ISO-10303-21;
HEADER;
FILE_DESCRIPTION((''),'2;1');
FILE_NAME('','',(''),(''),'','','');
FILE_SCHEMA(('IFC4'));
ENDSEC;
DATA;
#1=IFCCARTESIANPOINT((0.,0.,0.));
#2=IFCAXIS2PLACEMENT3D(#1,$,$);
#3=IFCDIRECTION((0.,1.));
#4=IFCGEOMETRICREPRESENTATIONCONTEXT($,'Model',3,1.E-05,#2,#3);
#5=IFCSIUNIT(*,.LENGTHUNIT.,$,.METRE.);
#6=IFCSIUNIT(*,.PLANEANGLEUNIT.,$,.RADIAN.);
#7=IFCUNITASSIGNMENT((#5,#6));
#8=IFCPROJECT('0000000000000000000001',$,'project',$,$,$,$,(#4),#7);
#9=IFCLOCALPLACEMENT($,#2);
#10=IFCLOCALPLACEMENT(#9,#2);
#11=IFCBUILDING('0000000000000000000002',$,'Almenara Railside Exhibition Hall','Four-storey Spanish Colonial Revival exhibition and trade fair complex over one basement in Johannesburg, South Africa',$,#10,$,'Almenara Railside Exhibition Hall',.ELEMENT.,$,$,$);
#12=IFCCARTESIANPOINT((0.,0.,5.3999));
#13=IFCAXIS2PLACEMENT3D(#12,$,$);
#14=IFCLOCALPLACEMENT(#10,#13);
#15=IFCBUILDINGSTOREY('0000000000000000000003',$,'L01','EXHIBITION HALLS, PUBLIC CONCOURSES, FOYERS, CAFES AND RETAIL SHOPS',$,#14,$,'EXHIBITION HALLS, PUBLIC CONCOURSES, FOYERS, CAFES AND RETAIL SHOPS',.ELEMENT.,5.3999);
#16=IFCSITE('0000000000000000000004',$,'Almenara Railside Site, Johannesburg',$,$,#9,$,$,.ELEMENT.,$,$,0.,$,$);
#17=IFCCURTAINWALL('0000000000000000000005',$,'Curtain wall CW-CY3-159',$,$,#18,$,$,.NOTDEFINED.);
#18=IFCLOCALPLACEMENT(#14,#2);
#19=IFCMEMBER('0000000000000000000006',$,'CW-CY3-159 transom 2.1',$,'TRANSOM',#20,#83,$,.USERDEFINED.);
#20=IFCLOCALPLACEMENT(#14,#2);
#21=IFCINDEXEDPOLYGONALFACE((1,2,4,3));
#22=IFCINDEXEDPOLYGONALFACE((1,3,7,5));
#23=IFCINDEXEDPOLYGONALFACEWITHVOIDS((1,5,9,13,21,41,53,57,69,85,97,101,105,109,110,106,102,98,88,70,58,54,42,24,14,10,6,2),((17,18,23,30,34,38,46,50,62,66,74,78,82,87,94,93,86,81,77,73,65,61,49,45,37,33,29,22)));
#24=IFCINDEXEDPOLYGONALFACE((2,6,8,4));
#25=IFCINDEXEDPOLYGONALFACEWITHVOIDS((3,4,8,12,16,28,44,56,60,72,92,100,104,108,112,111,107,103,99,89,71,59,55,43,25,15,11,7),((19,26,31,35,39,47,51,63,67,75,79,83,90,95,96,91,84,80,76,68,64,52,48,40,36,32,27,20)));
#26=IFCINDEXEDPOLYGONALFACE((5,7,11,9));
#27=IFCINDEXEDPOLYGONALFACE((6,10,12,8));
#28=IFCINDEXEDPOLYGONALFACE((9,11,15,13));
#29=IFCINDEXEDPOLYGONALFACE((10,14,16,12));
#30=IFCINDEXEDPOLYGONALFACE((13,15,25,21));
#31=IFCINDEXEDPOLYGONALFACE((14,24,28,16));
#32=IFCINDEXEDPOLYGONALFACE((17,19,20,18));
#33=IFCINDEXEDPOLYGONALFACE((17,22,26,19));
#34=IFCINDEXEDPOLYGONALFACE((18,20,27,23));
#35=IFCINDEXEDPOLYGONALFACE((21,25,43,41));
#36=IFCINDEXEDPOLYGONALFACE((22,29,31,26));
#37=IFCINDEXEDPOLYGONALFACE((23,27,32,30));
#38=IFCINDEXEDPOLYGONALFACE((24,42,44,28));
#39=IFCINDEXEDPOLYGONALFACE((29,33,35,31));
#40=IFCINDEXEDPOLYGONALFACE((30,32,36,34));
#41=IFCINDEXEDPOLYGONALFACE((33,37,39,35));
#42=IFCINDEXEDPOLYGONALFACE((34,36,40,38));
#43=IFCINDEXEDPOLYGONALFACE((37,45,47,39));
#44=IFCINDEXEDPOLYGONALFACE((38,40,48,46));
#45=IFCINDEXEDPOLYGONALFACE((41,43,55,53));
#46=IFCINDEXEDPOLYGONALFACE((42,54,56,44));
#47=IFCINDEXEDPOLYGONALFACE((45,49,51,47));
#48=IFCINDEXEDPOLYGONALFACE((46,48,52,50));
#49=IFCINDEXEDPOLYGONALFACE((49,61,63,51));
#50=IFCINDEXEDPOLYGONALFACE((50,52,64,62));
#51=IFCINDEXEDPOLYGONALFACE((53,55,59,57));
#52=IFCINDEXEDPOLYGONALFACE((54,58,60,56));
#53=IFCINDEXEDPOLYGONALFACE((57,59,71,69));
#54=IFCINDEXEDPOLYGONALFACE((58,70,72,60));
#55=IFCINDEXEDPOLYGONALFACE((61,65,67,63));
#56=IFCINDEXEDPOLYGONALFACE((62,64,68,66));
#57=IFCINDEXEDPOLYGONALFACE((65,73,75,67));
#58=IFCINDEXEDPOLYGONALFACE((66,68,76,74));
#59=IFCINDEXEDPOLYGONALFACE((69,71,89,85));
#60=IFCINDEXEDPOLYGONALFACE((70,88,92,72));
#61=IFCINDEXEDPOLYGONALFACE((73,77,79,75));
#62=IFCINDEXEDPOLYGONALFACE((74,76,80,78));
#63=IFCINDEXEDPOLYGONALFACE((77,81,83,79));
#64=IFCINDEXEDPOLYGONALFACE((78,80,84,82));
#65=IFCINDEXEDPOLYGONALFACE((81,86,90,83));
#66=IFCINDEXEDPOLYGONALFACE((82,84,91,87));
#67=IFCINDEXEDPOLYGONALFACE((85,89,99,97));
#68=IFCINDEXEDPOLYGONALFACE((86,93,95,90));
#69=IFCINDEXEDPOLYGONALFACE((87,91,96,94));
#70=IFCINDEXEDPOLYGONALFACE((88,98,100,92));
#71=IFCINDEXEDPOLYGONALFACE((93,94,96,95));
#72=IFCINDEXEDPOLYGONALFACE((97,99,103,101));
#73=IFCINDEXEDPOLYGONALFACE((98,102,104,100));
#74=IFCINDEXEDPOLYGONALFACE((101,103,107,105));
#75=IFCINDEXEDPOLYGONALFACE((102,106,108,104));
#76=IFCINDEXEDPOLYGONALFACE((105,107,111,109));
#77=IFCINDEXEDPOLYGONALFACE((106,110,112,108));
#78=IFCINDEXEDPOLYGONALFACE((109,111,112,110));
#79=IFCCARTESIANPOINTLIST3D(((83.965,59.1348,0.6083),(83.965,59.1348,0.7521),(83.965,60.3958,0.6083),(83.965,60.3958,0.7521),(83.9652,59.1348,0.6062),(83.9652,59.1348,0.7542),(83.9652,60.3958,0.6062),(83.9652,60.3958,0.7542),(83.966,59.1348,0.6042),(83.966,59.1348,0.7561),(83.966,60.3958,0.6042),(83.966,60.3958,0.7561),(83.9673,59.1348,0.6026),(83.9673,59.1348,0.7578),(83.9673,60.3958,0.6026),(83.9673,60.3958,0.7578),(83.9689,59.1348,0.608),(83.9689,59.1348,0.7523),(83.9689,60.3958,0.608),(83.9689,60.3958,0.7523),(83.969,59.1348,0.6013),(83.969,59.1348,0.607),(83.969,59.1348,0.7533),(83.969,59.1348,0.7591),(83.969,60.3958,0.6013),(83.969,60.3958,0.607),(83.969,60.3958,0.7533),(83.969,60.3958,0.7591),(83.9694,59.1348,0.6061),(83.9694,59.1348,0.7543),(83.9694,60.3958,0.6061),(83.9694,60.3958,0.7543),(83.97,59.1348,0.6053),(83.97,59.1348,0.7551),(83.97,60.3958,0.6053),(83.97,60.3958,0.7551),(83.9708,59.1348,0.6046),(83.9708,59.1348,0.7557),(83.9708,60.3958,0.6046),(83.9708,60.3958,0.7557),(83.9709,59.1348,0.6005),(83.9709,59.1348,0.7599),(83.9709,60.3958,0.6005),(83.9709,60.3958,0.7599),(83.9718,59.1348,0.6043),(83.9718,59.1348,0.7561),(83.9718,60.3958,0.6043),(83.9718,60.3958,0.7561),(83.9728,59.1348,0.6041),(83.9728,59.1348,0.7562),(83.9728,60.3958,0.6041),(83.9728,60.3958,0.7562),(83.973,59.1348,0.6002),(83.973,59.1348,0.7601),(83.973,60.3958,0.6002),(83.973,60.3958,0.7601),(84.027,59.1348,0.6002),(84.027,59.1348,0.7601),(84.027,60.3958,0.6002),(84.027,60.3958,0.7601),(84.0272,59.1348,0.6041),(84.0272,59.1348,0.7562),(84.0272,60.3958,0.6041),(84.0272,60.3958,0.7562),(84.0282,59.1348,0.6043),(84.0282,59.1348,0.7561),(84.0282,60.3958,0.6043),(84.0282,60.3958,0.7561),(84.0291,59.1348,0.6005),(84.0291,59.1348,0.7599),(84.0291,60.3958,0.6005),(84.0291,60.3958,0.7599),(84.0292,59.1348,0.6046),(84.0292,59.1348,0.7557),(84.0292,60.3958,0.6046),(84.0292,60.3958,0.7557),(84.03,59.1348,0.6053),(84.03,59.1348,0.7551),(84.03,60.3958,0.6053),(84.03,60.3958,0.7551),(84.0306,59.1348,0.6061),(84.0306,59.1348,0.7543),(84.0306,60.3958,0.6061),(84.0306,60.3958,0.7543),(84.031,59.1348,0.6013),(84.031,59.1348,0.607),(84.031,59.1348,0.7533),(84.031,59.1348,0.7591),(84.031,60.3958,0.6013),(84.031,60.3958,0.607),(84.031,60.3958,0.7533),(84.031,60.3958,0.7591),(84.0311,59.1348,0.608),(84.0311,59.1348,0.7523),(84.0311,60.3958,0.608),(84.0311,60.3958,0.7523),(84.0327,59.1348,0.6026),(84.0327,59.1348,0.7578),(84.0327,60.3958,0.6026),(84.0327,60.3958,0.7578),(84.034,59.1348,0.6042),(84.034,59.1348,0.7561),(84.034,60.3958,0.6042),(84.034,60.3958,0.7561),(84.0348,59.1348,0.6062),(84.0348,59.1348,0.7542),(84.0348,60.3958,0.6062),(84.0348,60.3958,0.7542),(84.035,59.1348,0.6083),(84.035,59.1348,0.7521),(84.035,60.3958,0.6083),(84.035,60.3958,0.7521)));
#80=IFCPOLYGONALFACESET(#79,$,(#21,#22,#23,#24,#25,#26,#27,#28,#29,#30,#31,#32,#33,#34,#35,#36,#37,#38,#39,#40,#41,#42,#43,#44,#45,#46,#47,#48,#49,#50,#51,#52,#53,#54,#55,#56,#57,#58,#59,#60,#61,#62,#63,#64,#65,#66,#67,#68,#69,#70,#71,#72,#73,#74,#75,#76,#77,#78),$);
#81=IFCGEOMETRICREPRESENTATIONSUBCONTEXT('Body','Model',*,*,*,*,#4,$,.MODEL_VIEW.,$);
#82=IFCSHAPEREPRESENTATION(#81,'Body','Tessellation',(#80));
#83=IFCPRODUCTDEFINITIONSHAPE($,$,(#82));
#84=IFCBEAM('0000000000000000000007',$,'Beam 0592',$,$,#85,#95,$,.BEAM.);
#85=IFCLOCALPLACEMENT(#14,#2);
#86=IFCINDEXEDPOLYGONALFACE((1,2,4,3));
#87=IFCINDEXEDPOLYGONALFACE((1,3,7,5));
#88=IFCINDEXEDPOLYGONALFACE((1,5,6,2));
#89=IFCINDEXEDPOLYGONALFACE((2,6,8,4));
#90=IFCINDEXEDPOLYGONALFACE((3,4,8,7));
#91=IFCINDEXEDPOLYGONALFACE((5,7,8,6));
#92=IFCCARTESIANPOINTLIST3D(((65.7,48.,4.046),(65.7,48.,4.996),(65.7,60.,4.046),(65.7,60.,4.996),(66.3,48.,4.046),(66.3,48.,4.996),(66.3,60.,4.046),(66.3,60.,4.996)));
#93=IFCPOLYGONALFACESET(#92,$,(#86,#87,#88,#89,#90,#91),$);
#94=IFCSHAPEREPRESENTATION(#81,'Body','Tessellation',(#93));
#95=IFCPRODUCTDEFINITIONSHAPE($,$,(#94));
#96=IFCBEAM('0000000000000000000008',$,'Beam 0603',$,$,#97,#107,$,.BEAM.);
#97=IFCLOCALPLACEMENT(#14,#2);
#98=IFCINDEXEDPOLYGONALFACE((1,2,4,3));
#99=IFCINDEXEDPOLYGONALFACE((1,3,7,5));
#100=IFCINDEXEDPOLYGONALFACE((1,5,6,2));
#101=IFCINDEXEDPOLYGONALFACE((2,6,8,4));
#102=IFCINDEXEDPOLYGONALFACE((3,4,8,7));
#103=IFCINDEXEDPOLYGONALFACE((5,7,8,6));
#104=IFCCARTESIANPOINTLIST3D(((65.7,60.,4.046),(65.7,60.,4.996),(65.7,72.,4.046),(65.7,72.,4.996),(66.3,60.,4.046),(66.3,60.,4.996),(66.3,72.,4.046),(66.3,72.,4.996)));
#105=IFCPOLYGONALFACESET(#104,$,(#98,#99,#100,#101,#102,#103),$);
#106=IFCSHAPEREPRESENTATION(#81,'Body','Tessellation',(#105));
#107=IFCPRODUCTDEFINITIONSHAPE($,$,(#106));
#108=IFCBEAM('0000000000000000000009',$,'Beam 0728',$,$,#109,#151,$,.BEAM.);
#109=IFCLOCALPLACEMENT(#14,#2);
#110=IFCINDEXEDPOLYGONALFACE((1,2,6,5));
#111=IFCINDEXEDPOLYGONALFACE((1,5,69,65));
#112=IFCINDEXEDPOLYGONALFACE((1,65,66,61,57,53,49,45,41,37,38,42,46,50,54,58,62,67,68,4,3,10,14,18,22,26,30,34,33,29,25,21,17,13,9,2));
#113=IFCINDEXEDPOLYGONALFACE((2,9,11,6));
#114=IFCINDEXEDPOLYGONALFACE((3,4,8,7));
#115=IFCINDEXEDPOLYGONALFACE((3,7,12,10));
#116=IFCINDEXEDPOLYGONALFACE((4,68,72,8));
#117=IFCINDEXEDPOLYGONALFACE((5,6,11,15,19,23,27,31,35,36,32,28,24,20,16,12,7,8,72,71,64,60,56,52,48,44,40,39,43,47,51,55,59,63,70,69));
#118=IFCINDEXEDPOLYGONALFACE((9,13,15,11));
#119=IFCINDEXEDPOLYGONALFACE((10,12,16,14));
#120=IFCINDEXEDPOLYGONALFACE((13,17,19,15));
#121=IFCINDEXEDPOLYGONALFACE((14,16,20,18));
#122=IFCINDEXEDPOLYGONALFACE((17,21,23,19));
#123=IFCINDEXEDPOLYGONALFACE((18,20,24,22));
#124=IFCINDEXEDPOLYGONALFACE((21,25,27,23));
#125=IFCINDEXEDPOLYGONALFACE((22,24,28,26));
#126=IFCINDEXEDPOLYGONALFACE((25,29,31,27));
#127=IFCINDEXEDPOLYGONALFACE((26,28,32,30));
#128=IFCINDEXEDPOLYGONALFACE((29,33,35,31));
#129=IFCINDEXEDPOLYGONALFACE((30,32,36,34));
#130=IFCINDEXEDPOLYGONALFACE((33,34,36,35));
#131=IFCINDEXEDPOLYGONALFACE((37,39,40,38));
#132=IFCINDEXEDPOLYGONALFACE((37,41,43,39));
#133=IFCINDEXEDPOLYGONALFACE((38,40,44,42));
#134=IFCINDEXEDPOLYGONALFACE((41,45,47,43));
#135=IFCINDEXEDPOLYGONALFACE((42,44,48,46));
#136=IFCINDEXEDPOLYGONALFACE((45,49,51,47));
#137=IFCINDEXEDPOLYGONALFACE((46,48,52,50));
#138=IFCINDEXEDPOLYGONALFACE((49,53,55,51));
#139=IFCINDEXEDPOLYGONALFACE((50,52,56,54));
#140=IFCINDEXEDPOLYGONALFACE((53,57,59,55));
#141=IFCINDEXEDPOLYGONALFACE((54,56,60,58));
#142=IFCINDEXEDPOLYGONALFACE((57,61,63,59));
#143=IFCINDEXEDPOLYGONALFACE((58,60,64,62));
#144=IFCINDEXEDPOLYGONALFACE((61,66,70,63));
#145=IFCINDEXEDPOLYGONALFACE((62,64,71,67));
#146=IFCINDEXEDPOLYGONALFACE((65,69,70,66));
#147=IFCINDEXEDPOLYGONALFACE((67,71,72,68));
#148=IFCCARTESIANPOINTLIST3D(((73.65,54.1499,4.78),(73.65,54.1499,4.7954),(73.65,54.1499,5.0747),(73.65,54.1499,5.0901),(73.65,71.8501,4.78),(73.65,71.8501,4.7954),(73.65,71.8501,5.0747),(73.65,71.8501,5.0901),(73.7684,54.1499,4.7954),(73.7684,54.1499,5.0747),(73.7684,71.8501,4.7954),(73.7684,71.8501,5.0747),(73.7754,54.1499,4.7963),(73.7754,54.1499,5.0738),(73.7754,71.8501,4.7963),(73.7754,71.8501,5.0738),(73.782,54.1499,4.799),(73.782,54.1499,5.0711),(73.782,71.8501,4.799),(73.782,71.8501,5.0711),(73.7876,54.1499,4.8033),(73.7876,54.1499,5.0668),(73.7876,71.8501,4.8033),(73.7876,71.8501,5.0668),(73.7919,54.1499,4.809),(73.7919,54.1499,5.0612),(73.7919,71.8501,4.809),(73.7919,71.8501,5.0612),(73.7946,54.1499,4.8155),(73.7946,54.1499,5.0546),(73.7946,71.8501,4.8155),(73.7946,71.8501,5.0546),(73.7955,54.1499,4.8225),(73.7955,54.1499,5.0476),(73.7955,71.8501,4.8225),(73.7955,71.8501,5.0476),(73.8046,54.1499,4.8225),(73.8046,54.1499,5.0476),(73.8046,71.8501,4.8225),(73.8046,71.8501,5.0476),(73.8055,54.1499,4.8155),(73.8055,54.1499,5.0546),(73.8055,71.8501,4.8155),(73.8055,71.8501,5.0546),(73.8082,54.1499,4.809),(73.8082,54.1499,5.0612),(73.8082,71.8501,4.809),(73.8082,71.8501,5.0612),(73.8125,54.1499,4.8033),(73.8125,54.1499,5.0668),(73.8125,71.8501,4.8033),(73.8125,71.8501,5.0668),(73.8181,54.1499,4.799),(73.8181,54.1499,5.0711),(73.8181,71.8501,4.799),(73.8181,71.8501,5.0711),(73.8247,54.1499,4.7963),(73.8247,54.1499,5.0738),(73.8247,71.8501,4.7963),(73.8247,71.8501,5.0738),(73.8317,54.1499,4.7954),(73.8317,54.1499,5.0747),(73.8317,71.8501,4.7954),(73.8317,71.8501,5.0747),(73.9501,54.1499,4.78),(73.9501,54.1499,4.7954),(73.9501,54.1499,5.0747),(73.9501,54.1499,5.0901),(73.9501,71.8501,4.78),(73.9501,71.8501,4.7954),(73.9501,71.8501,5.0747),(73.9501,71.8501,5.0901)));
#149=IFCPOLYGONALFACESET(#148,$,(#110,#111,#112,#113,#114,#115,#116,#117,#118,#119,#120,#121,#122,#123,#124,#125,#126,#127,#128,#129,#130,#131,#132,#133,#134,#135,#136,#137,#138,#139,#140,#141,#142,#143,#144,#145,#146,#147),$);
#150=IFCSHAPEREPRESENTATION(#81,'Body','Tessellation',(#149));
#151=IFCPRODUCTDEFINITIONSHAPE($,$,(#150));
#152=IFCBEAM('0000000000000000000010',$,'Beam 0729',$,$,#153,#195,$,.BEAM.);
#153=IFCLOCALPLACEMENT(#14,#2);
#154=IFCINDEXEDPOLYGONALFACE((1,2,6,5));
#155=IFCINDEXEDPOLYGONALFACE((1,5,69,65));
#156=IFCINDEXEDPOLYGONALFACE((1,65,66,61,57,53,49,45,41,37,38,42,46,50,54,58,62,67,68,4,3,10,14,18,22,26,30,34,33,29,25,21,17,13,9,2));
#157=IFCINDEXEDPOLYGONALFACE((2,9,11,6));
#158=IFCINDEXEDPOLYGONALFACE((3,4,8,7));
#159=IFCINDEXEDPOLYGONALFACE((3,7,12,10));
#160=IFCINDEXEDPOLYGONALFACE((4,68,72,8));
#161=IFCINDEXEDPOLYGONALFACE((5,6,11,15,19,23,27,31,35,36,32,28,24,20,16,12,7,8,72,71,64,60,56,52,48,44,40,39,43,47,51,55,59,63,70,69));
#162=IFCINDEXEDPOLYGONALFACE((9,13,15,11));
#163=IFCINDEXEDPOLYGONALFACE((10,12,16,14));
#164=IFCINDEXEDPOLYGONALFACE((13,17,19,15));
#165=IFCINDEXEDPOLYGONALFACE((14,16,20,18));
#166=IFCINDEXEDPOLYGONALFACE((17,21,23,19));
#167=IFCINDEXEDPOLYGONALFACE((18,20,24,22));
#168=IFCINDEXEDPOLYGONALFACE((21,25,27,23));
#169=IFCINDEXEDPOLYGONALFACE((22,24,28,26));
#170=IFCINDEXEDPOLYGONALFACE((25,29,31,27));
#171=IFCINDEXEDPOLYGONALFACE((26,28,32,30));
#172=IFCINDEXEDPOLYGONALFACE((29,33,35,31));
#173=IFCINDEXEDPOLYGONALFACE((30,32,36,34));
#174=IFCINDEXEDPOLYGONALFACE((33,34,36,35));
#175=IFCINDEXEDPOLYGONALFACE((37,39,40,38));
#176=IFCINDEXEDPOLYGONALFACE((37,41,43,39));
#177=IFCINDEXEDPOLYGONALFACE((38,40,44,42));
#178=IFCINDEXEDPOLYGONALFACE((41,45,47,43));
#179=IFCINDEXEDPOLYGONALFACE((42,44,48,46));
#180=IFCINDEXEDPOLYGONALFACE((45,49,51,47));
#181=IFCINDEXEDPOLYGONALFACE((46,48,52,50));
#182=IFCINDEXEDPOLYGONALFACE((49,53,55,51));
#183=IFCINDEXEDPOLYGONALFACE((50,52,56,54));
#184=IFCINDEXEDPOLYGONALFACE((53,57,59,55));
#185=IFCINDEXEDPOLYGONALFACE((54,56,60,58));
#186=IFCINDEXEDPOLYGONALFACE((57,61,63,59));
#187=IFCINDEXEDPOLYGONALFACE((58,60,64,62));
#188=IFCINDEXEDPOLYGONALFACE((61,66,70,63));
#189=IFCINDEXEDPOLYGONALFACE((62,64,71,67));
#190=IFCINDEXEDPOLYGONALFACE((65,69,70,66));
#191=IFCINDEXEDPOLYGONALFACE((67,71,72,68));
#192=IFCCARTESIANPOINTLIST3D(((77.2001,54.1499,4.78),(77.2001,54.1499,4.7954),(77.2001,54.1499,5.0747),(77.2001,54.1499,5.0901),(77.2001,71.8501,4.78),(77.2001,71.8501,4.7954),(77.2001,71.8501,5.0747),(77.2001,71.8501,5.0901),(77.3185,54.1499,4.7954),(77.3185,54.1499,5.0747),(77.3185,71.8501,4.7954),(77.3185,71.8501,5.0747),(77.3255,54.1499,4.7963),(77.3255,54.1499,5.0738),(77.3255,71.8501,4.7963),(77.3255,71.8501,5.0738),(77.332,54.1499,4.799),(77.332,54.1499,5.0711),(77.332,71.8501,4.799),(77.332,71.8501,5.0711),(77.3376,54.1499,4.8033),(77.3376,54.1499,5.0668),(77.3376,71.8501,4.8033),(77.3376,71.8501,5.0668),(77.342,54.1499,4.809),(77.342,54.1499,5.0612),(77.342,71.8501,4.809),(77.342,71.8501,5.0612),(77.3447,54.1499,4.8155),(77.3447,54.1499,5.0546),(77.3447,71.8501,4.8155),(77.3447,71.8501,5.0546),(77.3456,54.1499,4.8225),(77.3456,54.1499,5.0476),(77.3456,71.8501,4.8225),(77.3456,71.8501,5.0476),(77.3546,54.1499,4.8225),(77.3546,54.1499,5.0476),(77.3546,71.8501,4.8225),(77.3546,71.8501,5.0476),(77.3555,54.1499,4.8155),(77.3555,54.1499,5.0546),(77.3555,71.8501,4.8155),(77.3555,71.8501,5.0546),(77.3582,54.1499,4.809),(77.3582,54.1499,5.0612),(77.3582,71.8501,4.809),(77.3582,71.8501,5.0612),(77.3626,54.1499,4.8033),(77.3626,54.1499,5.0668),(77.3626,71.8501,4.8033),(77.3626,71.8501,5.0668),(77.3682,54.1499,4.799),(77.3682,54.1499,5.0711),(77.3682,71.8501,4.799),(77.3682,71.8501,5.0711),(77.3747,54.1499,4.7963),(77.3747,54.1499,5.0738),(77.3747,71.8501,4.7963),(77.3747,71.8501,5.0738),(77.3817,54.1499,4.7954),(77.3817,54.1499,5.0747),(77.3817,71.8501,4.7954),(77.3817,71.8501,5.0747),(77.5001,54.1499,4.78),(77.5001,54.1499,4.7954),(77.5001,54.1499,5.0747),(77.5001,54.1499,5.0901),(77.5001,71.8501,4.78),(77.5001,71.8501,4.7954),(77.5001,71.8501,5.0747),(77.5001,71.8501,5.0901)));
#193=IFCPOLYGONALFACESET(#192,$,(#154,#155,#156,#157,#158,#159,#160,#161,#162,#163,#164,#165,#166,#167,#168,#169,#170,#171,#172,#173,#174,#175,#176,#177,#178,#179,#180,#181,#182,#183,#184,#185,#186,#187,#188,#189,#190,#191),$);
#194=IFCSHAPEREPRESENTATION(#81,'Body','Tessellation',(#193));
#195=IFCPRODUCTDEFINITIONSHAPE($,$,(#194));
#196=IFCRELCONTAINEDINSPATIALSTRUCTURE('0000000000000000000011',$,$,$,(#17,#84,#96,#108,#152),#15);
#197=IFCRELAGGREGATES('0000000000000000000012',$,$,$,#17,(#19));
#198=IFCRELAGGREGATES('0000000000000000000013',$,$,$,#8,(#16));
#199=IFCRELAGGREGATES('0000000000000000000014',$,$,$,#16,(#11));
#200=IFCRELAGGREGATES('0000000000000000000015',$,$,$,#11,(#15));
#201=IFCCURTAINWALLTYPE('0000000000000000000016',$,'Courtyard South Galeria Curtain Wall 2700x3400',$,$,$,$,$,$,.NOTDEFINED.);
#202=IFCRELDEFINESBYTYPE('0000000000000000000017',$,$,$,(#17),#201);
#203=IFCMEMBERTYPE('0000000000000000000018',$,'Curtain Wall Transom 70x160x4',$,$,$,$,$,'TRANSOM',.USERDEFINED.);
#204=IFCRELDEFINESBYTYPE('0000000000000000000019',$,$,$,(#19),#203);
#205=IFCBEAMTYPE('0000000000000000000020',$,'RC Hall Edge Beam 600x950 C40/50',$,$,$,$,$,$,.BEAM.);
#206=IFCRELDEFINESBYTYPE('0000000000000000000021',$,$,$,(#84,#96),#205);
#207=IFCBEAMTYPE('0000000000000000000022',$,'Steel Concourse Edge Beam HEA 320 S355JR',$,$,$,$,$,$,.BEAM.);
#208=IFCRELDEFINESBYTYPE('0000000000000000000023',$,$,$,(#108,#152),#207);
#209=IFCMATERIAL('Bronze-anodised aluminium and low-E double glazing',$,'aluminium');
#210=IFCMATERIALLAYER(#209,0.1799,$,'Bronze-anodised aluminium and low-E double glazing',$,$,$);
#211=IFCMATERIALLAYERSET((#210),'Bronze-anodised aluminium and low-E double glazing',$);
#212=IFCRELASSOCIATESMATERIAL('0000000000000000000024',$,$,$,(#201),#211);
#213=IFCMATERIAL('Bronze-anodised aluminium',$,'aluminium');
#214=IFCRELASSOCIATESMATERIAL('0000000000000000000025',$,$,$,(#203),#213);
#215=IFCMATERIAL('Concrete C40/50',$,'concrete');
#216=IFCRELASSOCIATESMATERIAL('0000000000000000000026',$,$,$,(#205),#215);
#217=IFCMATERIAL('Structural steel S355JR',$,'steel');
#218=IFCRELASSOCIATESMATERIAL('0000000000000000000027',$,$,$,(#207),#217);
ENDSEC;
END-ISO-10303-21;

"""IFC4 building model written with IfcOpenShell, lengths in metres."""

from ifc_helpers import new_model, si_unit, direction, frame, origin, origin_2d, place, context, subcontext, project, spatial, rectangle, hollow_rectangle, i_section, extrude, material, layer, layer_set, material_profile, profile_set, type_object, element, aggregate, save


model = new_model("IFC4")

# Units and contexts
model_context = context("Model", 3, precision=1e-05, world=origin(), true_north=direction((0.0, 1.0)))
body_context = subcontext(model_context, "Body", "Model", "MODEL_VIEW")
ifc_project = project(units=[si_unit("LENGTHUNIT", "METRE"), si_unit("PLANEANGLEUNIT", "RADIAN")], contexts=[model_context])

# Site, building, storey
site_placement = place(None, origin())
site = spatial("IfcSite", under=ifc_project, at=site_placement, Name="Almenara Railside Site, Johannesburg", CompositionType="ELEMENT", RefElevation=0.0)
building_placement = place(site_placement, origin())
building = spatial("IfcBuilding", under=site, at=building_placement, Name="Almenara Railside Exhibition Hall", Description="Four-storey Spanish Colonial Revival exhibition and trade fair complex over one basement in Johannesburg, South Africa", LongName="Almenara Railside Exhibition Hall", CompositionType="ELEMENT")
storey_placement = place(building_placement, frame((0.0, 0.0, 5.3999)))
storey = spatial("IfcBuildingStorey", under=building, at=storey_placement, Name="L01", Description="EXHIBITION HALLS, PUBLIC CONCOURSES, FOYERS, CAFES AND RETAIL SHOPS", LongName="EXHIBITION HALLS, PUBLIC CONCOURSES, FOYERS, CAFES AND RETAIL SHOPS", CompositionType="ELEMENT", Elevation=5.3999)

# Shared definitions
ifc_material_1 = material(Name="Concrete C40/50", Category="concrete")

# Curtain wall, member
ifc_material_2 = material(Name="Bronze-anodised aluminium and low-E double glazing", Category="aluminium")
ifc_layer_1 = layer(ifc_material_2, 0.1799, Name="Bronze-anodised aluminium and low-E double glazing")
ifc_layer_set_1 = layer_set([ifc_layer_1], Name="Bronze-anodised aluminium and low-E double glazing")
curtain_wall_type = type_object("IfcCurtainWallType", Name="Courtyard South Galeria Curtain Wall 2700x3400", PredefinedType="NOTDEFINED", material=ifc_layer_set_1)
curtain_wall_placement = place(storey_placement, origin())
curtain_wall = element("IfcCurtainWall", 1, at=curtain_wall_placement, inside=storey, type_object=curtain_wall_type, Name="Curtain wall CW-CY3-159", PredefinedType="NOTDEFINED")
ifc_material_3 = material(Name="Bronze-anodised aluminium", Category="aluminium")
ifc_material_profile_1 = material_profile(ifc_material_3, hollow_rectangle(XDim=0.0701, YDim=0.1599, WallThickness=0.0039, InnerFilletRadius=0.0039, OuterFilletRadius=0.0081, at=origin_2d()), Name="ALU-TRN 70x160x4")
ifc_profile_set_1 = profile_set([ifc_material_profile_1], Name="Bronze-anodised aluminium")
member_type_1 = type_object("IfcMemberType", Name="Curtain Wall Transom 70x160x4", ElementType="TRANSOM", PredefinedType="USERDEFINED", material=ifc_profile_set_1)
member_1_placement = place(storey_placement, frame((84.0, 60.3958, 0.6802), z_axis=(0.0, -1.0, 0.0), x_axis=(1.0, 0.0, 0.0)))
member_1 = element("IfcMember", 2, at=member_1_placement, type_object=member_type_1, Name="CW-CY3-159 transom 2.1", ObjectType="TRANSOM", PredefinedType="USERDEFINED", context=body_context, shape_type="SweptSolid", body=[
    extrude(hollow_rectangle(XDim=0.0701, YDim=0.1599, WallThickness=0.0039, InnerFilletRadius=0.0039, OuterFilletRadius=0.0081, at=origin_2d()), origin(), (0.0, 0.0, 1.0), 1.261),
])

# Beams
ifc_material_profile_2 = material_profile(ifc_material_1, rectangle(XDim=0.6001, YDim=0.95, at=origin_2d()), Name="RC 600x950")
ifc_profile_set_2 = profile_set([ifc_material_profile_2], Name="Concrete C40/50")
beam_type_1 = type_object("IfcBeamType", Name="RC Hall Edge Beam 600x950 C40/50", PredefinedType="BEAM", material=ifc_profile_set_2)
for number, where, z_axis, x_axis, name in (
    (3, (66.0, 48.0, 4.521), (0.0, 1.0, 0.0), (-1.0, 0.0, 0.0), "Beam 0592"),
    (4, (66.0, 60.0, 4.521), (0.0, 1.0, 0.0), (-1.0, 0.0, 0.0), "Beam 0603"),
):
    element("IfcBeam", number, at=place(storey_placement, frame(where, z_axis=z_axis, x_axis=x_axis)), inside=storey, type_object=beam_type_1, Name=name, PredefinedType="BEAM", context=body_context, shape_type="SweptSolid", body=[
        extrude(rectangle(XDim=0.6001, YDim=0.95, at=origin_2d()), origin(), (0.0, 0.0, 1.0), 12.0),
    ])
ifc_material_4 = material(Name="Structural steel S355JR", Category="steel")
ifc_material_profile_3 = material_profile(ifc_material_4, i_section(OverallWidth=0.3, OverallDepth=0.3101, WebThickness=0.009, FlangeThickness=0.0154, FilletRadius=0.0271, at=origin_2d()), Name="HEA 320")
ifc_profile_set_3 = profile_set([ifc_material_profile_3], Name="Structural steel S355JR")
beam_type_2 = type_object("IfcBeamType", Name="Steel Concourse Edge Beam HEA 320 S355JR", PredefinedType="BEAM", material=ifc_profile_set_3)
for number, where, z_axis, x_axis, name in (
    (5, (73.8, 54.1499, 4.9351), (0.0, 1.0, 0.0), (-1.0, 0.0, 0.0), "Beam 0728"),
    (6, (77.3501, 54.1499, 4.9351), (0.0, 1.0, 0.0), (-1.0, 0.0, 0.0), "Beam 0729"),
):
    element("IfcBeam", number, at=place(storey_placement, frame(where, z_axis=z_axis, x_axis=x_axis)), inside=storey, type_object=beam_type_2, Name=name, PredefinedType="BEAM", context=body_context, shape_type="SweptSolid", body=[
        extrude(i_section(OverallWidth=0.3, OverallDepth=0.3101, WebThickness=0.009, FlangeThickness=0.0154, FilletRadius=0.0271, at=origin_2d()), origin(), (0.0, 0.0, 1.0), 17.7002),
    ])

aggregate(curtain_wall, [member_1])

save(model, "model.ifc")
